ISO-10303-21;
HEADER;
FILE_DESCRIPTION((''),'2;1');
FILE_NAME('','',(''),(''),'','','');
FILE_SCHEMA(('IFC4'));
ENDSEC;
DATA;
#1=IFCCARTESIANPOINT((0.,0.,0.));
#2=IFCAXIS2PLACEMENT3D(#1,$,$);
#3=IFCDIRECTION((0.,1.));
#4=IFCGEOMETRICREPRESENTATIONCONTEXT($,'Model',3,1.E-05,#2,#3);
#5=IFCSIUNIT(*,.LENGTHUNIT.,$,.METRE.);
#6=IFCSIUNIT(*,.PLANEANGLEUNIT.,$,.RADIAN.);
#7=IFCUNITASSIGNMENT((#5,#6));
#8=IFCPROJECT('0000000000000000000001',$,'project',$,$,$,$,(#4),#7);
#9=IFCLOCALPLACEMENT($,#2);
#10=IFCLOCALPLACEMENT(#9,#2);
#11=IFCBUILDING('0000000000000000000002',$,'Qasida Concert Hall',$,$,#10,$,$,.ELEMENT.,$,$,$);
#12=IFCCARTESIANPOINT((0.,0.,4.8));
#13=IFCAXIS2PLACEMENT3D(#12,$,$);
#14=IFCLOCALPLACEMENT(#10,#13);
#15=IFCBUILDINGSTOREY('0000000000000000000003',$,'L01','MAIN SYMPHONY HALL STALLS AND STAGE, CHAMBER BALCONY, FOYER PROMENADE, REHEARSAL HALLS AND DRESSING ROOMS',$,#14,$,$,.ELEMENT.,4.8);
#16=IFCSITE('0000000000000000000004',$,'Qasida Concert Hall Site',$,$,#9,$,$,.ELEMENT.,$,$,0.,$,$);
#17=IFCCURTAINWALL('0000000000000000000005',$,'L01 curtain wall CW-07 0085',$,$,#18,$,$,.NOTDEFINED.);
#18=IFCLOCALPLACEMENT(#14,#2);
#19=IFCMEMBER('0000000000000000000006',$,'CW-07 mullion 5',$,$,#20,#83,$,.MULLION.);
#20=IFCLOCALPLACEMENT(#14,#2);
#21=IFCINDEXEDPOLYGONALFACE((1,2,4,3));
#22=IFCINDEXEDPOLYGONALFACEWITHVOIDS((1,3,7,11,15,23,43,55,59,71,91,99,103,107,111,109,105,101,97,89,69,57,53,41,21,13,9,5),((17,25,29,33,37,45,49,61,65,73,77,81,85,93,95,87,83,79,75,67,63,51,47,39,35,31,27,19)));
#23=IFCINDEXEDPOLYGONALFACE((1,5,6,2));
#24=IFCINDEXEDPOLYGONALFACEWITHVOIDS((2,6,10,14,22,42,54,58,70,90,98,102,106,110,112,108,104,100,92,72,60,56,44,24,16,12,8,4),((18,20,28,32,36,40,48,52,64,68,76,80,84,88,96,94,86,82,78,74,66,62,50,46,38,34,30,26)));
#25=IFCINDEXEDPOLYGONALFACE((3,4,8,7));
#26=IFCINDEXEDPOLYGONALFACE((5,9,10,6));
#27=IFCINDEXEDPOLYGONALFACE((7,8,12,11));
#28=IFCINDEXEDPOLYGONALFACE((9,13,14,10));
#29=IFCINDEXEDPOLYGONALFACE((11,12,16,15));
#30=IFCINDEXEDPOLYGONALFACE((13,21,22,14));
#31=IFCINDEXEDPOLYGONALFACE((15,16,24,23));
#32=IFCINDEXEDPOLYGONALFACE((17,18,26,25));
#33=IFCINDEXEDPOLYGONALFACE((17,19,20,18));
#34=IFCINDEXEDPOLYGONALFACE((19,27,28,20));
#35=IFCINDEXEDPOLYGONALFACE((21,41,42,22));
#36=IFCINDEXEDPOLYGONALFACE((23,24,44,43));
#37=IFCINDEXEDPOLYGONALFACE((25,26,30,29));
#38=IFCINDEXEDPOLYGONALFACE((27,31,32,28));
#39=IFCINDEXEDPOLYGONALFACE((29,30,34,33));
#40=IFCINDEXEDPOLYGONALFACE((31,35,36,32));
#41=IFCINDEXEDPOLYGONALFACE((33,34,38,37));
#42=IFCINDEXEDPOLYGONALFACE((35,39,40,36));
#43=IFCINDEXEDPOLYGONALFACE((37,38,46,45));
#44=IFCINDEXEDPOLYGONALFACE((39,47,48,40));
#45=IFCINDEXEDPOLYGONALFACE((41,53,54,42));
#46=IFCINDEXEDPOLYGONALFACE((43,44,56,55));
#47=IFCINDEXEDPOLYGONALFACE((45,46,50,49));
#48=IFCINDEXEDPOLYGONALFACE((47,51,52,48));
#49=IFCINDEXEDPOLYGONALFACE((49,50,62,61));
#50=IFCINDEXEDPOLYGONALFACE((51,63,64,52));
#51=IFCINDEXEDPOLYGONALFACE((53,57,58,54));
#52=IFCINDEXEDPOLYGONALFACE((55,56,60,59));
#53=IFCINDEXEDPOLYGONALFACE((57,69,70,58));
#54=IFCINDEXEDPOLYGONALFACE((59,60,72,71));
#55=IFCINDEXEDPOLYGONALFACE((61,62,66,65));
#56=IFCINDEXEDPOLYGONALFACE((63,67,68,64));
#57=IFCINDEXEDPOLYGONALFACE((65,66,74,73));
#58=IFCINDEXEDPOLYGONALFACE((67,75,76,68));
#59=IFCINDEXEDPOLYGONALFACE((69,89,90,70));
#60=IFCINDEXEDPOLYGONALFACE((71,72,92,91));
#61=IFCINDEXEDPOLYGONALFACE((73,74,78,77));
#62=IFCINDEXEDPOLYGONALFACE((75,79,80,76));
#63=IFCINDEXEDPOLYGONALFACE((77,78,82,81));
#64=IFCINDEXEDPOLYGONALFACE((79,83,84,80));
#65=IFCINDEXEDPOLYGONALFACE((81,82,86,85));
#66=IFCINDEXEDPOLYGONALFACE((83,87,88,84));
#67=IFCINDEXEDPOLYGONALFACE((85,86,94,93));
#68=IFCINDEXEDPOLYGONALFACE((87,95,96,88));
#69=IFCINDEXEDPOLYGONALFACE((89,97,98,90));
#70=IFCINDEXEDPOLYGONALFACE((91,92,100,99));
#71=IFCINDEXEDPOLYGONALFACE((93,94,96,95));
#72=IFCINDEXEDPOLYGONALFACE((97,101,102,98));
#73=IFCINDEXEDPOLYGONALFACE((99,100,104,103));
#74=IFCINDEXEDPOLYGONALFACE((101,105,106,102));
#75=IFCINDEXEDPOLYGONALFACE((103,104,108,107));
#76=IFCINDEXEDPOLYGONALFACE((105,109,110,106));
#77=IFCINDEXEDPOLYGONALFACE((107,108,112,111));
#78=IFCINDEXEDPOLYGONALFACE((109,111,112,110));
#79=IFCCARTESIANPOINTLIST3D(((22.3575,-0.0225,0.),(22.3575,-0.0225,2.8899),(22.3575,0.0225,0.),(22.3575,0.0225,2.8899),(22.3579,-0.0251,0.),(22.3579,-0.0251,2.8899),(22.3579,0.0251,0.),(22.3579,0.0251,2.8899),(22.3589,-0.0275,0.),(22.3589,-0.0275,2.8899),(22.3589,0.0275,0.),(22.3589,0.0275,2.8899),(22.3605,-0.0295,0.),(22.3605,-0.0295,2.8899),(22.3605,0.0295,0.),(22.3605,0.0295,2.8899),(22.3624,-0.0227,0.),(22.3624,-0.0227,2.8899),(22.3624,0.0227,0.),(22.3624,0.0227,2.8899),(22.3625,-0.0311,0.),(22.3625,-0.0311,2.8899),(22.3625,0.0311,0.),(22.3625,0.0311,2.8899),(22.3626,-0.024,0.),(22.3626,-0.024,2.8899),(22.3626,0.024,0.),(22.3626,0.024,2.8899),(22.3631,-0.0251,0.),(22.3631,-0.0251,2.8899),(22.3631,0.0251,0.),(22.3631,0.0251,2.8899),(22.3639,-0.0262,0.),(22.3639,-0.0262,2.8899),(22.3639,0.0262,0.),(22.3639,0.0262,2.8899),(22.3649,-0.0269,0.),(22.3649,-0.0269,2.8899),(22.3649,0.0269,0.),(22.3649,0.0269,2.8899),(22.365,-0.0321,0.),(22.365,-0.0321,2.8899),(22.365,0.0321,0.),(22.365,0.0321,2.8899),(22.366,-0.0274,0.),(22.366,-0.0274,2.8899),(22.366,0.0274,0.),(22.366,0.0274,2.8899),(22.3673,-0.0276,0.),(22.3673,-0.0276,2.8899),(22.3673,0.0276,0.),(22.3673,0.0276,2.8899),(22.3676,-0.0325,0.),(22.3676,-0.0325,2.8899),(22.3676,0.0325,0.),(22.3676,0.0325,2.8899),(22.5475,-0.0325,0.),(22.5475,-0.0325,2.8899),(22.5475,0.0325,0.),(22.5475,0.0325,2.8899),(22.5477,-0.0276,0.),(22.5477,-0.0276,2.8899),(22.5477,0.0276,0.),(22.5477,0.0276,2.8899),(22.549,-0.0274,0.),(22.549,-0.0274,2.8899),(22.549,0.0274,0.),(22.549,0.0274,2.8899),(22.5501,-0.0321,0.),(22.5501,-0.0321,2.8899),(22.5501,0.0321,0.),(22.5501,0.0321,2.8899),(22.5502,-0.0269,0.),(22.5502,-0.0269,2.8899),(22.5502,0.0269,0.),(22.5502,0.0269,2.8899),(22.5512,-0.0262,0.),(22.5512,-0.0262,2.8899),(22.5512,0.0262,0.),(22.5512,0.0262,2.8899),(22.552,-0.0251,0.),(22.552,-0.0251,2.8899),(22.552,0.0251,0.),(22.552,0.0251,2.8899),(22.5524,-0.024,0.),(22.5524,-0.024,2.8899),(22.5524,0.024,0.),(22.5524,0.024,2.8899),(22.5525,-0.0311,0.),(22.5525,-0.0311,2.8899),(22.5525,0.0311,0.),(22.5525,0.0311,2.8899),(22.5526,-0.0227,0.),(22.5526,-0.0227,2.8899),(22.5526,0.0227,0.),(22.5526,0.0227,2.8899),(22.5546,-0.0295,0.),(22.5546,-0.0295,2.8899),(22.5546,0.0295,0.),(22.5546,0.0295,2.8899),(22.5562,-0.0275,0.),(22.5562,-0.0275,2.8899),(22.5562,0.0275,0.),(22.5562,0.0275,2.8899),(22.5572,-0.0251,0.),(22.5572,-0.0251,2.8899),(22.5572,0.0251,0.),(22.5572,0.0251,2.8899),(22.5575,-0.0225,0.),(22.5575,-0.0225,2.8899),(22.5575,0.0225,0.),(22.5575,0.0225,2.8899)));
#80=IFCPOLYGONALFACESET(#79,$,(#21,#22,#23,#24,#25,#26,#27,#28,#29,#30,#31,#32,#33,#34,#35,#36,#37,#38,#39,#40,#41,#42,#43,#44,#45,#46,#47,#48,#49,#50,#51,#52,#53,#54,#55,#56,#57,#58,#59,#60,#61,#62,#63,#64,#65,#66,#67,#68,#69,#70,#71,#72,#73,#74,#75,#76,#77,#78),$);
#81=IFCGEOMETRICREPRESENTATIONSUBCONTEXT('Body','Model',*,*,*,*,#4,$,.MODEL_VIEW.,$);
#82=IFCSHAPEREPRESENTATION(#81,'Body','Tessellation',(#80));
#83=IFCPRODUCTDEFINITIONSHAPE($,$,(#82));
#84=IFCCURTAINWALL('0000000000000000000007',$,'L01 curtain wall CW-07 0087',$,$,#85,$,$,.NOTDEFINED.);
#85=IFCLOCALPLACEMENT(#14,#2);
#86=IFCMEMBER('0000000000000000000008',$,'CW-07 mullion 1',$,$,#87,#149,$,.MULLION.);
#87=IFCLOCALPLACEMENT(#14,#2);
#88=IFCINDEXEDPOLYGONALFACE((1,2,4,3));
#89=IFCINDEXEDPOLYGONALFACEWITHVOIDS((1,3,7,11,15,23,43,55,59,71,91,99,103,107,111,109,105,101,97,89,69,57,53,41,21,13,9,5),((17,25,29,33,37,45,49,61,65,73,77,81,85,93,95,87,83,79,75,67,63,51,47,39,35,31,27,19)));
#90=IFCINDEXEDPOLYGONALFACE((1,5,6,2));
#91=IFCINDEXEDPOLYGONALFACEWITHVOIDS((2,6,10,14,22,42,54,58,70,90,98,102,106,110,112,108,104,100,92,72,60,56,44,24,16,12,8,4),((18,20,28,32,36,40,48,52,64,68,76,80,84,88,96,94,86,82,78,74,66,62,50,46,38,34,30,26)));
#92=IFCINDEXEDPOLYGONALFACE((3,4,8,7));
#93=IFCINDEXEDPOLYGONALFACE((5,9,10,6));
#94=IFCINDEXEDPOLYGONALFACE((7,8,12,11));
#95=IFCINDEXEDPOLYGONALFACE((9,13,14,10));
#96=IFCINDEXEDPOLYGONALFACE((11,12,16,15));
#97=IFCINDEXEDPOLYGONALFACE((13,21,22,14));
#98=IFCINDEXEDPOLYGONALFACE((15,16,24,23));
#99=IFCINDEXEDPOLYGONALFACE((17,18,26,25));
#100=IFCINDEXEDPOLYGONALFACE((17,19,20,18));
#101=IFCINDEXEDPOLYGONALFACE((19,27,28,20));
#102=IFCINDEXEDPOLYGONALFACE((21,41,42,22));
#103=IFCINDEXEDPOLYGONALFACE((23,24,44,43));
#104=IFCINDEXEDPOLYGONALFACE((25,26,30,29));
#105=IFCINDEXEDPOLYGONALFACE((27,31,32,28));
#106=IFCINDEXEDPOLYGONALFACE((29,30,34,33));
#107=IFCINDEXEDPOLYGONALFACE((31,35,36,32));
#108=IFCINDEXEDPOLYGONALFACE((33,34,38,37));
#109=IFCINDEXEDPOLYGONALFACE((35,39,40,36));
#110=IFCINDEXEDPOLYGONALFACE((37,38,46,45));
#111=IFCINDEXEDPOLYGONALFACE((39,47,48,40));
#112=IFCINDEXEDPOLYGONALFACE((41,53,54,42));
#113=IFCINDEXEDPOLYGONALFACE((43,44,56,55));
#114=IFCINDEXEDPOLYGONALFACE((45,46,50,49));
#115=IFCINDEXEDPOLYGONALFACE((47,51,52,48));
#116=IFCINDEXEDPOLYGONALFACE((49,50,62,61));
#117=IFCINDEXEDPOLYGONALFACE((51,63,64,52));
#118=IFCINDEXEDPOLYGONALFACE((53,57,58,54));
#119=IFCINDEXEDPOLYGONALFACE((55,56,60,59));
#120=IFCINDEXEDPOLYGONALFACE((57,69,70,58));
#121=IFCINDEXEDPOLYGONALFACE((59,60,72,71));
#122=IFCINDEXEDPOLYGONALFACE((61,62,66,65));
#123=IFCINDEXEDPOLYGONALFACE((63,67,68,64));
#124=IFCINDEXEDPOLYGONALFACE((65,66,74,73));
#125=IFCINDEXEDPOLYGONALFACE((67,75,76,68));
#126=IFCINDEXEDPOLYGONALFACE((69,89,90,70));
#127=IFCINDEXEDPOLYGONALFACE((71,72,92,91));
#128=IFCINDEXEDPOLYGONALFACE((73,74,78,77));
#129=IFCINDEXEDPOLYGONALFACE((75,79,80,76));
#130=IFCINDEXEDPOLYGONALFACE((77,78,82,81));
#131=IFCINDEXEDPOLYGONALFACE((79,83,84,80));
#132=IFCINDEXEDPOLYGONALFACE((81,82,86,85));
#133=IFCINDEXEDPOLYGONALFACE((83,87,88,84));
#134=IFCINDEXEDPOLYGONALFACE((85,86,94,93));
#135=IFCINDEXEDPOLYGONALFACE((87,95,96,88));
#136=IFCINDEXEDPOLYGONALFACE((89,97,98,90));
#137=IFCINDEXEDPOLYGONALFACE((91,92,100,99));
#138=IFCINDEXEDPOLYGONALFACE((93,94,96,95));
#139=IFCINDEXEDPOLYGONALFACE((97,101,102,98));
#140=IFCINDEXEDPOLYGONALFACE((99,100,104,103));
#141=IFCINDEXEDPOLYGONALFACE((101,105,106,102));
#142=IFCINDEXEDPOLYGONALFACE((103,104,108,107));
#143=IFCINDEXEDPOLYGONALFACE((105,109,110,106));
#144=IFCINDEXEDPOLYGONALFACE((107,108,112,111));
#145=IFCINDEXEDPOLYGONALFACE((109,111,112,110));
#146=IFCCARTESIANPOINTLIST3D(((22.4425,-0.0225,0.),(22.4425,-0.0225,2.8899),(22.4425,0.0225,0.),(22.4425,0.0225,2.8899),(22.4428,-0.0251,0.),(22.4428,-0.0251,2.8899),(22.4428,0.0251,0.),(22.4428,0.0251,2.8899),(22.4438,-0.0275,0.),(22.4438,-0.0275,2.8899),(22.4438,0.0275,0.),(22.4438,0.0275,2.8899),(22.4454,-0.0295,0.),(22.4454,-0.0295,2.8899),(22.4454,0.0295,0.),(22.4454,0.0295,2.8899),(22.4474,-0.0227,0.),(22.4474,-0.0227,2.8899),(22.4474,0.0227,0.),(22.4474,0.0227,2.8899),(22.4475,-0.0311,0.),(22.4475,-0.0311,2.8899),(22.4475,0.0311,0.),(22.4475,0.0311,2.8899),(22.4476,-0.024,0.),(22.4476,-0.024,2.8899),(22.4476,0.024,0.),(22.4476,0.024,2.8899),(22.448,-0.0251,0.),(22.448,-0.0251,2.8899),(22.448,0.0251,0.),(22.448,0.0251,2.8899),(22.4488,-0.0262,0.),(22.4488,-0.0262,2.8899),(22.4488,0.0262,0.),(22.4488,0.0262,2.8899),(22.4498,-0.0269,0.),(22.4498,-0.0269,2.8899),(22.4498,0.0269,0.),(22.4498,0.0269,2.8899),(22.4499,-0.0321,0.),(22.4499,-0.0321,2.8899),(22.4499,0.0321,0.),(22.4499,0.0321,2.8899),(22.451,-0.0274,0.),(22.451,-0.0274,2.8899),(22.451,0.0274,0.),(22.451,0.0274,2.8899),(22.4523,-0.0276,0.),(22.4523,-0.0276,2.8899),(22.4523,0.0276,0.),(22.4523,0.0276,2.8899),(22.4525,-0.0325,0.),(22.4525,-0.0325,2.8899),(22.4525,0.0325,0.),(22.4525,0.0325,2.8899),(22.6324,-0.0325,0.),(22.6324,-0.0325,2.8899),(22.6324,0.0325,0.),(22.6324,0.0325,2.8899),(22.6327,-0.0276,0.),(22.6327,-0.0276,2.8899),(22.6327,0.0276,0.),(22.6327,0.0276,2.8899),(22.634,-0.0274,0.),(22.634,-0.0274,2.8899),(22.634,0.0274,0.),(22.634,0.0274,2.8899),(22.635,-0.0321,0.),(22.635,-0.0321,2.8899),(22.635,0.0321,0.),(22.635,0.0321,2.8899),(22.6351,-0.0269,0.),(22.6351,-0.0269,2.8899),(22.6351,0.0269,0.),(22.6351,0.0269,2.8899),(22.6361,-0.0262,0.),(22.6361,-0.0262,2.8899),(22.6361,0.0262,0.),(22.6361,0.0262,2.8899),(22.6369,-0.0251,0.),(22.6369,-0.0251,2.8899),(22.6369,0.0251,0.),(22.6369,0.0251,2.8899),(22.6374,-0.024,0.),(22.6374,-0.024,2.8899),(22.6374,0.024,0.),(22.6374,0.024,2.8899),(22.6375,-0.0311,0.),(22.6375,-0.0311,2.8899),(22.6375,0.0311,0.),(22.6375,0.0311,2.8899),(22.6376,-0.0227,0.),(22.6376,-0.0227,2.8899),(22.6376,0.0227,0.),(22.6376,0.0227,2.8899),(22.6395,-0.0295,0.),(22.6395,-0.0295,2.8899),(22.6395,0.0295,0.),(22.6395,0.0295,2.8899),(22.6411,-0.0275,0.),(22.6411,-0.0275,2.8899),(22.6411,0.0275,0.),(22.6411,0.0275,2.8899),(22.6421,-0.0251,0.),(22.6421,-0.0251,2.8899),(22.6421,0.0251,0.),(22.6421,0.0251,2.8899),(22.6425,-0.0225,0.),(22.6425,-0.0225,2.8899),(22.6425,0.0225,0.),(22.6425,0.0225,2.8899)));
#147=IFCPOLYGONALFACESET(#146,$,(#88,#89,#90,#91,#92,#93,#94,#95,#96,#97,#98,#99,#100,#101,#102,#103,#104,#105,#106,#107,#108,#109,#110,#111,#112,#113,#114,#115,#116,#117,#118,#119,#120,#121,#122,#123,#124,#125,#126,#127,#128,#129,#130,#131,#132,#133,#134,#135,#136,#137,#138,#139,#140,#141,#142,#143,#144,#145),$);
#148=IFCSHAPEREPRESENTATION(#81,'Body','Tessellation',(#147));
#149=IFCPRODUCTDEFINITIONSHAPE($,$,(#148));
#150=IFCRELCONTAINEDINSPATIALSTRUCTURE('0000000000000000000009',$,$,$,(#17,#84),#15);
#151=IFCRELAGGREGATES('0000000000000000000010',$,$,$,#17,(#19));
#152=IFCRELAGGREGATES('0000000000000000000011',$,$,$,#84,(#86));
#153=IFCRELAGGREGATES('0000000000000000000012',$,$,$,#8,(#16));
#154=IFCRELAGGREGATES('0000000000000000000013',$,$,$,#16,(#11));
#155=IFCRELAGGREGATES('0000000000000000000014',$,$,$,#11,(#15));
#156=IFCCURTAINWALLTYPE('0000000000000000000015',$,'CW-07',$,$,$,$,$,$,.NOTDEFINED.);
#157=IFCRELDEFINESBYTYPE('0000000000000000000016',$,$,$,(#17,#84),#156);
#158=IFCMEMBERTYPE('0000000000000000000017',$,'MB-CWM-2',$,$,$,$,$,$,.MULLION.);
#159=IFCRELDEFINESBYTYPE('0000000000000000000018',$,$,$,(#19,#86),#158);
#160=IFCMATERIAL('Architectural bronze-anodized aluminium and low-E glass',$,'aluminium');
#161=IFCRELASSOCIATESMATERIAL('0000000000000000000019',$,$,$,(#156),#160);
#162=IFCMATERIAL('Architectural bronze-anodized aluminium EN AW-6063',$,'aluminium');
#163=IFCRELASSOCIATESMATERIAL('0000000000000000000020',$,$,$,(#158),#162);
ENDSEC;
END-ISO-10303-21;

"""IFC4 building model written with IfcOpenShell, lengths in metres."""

from ifc_helpers import new_model, si_unit, direction, frame, origin, origin_2d, place, context, subcontext, project, spatial, hollow_rectangle, extrude, material, material_profile, profile_set, type_object, element, aggregate, save


model = new_model("IFC4")

# Units and contexts
model_context = context("Model", 3, precision=1e-05, world=origin(), true_north=direction((0.0, 1.0)))
body_context = subcontext(model_context, "Body", "Model", "MODEL_VIEW")
ifc_project = project(units=[si_unit("LENGTHUNIT", "METRE"), si_unit("PLANEANGLEUNIT", "RADIAN")], contexts=[model_context])

# Site, building, storey
site_placement = place(None, origin())
site = spatial("IfcSite", under=ifc_project, at=site_placement, Name="Qasida Concert Hall Site", CompositionType="ELEMENT", RefElevation=0.0)
building_placement = place(site_placement, origin())
building = spatial("IfcBuilding", under=site, at=building_placement, Name="Qasida Concert Hall", CompositionType="ELEMENT")
storey_placement = place(building_placement, frame((0.0, 0.0, 4.8)))
storey = spatial("IfcBuildingStorey", under=building, at=storey_placement, Name="L01", Description="MAIN SYMPHONY HALL STALLS AND STAGE, CHAMBER BALCONY, FOYER PROMENADE, REHEARSAL HALLS AND DRESSING ROOMS", CompositionType="ELEMENT", Elevation=4.8)

# Curtain wall, member
ifc_material_1 = material(Name="Architectural bronze-anodized aluminium and low-E glass", Category="aluminium")
curtain_wall_type = type_object("IfcCurtainWallType", Name="CW-07", PredefinedType="NOTDEFINED", material=ifc_material_1)
curtain_wall_1_placement = place(storey_placement, origin())
curtain_wall_1 = element("IfcCurtainWall", 1, at=curtain_wall_1_placement, inside=storey, type_object=curtain_wall_type, Name="L01 curtain wall CW-07 0085", PredefinedType="NOTDEFINED")
ifc_material_2 = material(Name="Architectural bronze-anodized aluminium EN AW-6063", Category="aluminium")
ifc_material_profile_1 = material_profile(ifc_material_2, hollow_rectangle(XDim=0.0649, YDim=0.2, WallThickness=0.0049, InnerFilletRadius=0.0049, OuterFilletRadius=0.01, at=origin_2d()), Name="CWM 200x65x5")
ifc_profile_set_1 = profile_set([ifc_material_profile_1], Name="Architectural bronze-anodized aluminium EN AW-6063")
member_type_1 = type_object("IfcMemberType", Name="MB-CWM-2", PredefinedType="MULLION", material=ifc_profile_set_1)
member_1_placement = place(storey_placement, frame((22.4575, 0.0, 0.0), z_axis=(0.0, 0.0, 1.0), x_axis=(0.0, 1.0, 0.0)))
member_1 = element("IfcMember", 2, at=member_1_placement, type_object=member_type_1, Name="CW-07 mullion 5", PredefinedType="MULLION", context=body_context, shape_type="SweptSolid", body=[
    extrude(hollow_rectangle(XDim=0.0649, YDim=0.2, WallThickness=0.0049, InnerFilletRadius=0.0049, OuterFilletRadius=0.01, at=origin_2d()), origin(), (0.0, 0.0, 1.0), 2.8899),
])

# Curtain wall, member
curtain_wall_2_placement = place(storey_placement, origin())
curtain_wall_2 = element("IfcCurtainWall", 3, at=curtain_wall_2_placement, inside=storey, type_object=curtain_wall_type, Name="L01 curtain wall CW-07 0087", PredefinedType="NOTDEFINED")
member_2_placement = place(storey_placement, frame((22.5425, 0.0, 0.0), z_axis=(0.0, 0.0, 1.0), x_axis=(0.0, 1.0, 0.0)))
member_2 = element("IfcMember", 4, at=member_2_placement, type_object=member_type_1, Name="CW-07 mullion 1", PredefinedType="MULLION", context=body_context, shape_type="SweptSolid", body=[
    extrude(hollow_rectangle(XDim=0.0649, YDim=0.2, WallThickness=0.0049, InnerFilletRadius=0.0049, OuterFilletRadius=0.01, at=origin_2d()), origin(), (0.0, 0.0, 1.0), 2.8899),
])

aggregate(curtain_wall_1, [member_1])
aggregate(curtain_wall_2, [member_2])

save(model, "model.ifc")
